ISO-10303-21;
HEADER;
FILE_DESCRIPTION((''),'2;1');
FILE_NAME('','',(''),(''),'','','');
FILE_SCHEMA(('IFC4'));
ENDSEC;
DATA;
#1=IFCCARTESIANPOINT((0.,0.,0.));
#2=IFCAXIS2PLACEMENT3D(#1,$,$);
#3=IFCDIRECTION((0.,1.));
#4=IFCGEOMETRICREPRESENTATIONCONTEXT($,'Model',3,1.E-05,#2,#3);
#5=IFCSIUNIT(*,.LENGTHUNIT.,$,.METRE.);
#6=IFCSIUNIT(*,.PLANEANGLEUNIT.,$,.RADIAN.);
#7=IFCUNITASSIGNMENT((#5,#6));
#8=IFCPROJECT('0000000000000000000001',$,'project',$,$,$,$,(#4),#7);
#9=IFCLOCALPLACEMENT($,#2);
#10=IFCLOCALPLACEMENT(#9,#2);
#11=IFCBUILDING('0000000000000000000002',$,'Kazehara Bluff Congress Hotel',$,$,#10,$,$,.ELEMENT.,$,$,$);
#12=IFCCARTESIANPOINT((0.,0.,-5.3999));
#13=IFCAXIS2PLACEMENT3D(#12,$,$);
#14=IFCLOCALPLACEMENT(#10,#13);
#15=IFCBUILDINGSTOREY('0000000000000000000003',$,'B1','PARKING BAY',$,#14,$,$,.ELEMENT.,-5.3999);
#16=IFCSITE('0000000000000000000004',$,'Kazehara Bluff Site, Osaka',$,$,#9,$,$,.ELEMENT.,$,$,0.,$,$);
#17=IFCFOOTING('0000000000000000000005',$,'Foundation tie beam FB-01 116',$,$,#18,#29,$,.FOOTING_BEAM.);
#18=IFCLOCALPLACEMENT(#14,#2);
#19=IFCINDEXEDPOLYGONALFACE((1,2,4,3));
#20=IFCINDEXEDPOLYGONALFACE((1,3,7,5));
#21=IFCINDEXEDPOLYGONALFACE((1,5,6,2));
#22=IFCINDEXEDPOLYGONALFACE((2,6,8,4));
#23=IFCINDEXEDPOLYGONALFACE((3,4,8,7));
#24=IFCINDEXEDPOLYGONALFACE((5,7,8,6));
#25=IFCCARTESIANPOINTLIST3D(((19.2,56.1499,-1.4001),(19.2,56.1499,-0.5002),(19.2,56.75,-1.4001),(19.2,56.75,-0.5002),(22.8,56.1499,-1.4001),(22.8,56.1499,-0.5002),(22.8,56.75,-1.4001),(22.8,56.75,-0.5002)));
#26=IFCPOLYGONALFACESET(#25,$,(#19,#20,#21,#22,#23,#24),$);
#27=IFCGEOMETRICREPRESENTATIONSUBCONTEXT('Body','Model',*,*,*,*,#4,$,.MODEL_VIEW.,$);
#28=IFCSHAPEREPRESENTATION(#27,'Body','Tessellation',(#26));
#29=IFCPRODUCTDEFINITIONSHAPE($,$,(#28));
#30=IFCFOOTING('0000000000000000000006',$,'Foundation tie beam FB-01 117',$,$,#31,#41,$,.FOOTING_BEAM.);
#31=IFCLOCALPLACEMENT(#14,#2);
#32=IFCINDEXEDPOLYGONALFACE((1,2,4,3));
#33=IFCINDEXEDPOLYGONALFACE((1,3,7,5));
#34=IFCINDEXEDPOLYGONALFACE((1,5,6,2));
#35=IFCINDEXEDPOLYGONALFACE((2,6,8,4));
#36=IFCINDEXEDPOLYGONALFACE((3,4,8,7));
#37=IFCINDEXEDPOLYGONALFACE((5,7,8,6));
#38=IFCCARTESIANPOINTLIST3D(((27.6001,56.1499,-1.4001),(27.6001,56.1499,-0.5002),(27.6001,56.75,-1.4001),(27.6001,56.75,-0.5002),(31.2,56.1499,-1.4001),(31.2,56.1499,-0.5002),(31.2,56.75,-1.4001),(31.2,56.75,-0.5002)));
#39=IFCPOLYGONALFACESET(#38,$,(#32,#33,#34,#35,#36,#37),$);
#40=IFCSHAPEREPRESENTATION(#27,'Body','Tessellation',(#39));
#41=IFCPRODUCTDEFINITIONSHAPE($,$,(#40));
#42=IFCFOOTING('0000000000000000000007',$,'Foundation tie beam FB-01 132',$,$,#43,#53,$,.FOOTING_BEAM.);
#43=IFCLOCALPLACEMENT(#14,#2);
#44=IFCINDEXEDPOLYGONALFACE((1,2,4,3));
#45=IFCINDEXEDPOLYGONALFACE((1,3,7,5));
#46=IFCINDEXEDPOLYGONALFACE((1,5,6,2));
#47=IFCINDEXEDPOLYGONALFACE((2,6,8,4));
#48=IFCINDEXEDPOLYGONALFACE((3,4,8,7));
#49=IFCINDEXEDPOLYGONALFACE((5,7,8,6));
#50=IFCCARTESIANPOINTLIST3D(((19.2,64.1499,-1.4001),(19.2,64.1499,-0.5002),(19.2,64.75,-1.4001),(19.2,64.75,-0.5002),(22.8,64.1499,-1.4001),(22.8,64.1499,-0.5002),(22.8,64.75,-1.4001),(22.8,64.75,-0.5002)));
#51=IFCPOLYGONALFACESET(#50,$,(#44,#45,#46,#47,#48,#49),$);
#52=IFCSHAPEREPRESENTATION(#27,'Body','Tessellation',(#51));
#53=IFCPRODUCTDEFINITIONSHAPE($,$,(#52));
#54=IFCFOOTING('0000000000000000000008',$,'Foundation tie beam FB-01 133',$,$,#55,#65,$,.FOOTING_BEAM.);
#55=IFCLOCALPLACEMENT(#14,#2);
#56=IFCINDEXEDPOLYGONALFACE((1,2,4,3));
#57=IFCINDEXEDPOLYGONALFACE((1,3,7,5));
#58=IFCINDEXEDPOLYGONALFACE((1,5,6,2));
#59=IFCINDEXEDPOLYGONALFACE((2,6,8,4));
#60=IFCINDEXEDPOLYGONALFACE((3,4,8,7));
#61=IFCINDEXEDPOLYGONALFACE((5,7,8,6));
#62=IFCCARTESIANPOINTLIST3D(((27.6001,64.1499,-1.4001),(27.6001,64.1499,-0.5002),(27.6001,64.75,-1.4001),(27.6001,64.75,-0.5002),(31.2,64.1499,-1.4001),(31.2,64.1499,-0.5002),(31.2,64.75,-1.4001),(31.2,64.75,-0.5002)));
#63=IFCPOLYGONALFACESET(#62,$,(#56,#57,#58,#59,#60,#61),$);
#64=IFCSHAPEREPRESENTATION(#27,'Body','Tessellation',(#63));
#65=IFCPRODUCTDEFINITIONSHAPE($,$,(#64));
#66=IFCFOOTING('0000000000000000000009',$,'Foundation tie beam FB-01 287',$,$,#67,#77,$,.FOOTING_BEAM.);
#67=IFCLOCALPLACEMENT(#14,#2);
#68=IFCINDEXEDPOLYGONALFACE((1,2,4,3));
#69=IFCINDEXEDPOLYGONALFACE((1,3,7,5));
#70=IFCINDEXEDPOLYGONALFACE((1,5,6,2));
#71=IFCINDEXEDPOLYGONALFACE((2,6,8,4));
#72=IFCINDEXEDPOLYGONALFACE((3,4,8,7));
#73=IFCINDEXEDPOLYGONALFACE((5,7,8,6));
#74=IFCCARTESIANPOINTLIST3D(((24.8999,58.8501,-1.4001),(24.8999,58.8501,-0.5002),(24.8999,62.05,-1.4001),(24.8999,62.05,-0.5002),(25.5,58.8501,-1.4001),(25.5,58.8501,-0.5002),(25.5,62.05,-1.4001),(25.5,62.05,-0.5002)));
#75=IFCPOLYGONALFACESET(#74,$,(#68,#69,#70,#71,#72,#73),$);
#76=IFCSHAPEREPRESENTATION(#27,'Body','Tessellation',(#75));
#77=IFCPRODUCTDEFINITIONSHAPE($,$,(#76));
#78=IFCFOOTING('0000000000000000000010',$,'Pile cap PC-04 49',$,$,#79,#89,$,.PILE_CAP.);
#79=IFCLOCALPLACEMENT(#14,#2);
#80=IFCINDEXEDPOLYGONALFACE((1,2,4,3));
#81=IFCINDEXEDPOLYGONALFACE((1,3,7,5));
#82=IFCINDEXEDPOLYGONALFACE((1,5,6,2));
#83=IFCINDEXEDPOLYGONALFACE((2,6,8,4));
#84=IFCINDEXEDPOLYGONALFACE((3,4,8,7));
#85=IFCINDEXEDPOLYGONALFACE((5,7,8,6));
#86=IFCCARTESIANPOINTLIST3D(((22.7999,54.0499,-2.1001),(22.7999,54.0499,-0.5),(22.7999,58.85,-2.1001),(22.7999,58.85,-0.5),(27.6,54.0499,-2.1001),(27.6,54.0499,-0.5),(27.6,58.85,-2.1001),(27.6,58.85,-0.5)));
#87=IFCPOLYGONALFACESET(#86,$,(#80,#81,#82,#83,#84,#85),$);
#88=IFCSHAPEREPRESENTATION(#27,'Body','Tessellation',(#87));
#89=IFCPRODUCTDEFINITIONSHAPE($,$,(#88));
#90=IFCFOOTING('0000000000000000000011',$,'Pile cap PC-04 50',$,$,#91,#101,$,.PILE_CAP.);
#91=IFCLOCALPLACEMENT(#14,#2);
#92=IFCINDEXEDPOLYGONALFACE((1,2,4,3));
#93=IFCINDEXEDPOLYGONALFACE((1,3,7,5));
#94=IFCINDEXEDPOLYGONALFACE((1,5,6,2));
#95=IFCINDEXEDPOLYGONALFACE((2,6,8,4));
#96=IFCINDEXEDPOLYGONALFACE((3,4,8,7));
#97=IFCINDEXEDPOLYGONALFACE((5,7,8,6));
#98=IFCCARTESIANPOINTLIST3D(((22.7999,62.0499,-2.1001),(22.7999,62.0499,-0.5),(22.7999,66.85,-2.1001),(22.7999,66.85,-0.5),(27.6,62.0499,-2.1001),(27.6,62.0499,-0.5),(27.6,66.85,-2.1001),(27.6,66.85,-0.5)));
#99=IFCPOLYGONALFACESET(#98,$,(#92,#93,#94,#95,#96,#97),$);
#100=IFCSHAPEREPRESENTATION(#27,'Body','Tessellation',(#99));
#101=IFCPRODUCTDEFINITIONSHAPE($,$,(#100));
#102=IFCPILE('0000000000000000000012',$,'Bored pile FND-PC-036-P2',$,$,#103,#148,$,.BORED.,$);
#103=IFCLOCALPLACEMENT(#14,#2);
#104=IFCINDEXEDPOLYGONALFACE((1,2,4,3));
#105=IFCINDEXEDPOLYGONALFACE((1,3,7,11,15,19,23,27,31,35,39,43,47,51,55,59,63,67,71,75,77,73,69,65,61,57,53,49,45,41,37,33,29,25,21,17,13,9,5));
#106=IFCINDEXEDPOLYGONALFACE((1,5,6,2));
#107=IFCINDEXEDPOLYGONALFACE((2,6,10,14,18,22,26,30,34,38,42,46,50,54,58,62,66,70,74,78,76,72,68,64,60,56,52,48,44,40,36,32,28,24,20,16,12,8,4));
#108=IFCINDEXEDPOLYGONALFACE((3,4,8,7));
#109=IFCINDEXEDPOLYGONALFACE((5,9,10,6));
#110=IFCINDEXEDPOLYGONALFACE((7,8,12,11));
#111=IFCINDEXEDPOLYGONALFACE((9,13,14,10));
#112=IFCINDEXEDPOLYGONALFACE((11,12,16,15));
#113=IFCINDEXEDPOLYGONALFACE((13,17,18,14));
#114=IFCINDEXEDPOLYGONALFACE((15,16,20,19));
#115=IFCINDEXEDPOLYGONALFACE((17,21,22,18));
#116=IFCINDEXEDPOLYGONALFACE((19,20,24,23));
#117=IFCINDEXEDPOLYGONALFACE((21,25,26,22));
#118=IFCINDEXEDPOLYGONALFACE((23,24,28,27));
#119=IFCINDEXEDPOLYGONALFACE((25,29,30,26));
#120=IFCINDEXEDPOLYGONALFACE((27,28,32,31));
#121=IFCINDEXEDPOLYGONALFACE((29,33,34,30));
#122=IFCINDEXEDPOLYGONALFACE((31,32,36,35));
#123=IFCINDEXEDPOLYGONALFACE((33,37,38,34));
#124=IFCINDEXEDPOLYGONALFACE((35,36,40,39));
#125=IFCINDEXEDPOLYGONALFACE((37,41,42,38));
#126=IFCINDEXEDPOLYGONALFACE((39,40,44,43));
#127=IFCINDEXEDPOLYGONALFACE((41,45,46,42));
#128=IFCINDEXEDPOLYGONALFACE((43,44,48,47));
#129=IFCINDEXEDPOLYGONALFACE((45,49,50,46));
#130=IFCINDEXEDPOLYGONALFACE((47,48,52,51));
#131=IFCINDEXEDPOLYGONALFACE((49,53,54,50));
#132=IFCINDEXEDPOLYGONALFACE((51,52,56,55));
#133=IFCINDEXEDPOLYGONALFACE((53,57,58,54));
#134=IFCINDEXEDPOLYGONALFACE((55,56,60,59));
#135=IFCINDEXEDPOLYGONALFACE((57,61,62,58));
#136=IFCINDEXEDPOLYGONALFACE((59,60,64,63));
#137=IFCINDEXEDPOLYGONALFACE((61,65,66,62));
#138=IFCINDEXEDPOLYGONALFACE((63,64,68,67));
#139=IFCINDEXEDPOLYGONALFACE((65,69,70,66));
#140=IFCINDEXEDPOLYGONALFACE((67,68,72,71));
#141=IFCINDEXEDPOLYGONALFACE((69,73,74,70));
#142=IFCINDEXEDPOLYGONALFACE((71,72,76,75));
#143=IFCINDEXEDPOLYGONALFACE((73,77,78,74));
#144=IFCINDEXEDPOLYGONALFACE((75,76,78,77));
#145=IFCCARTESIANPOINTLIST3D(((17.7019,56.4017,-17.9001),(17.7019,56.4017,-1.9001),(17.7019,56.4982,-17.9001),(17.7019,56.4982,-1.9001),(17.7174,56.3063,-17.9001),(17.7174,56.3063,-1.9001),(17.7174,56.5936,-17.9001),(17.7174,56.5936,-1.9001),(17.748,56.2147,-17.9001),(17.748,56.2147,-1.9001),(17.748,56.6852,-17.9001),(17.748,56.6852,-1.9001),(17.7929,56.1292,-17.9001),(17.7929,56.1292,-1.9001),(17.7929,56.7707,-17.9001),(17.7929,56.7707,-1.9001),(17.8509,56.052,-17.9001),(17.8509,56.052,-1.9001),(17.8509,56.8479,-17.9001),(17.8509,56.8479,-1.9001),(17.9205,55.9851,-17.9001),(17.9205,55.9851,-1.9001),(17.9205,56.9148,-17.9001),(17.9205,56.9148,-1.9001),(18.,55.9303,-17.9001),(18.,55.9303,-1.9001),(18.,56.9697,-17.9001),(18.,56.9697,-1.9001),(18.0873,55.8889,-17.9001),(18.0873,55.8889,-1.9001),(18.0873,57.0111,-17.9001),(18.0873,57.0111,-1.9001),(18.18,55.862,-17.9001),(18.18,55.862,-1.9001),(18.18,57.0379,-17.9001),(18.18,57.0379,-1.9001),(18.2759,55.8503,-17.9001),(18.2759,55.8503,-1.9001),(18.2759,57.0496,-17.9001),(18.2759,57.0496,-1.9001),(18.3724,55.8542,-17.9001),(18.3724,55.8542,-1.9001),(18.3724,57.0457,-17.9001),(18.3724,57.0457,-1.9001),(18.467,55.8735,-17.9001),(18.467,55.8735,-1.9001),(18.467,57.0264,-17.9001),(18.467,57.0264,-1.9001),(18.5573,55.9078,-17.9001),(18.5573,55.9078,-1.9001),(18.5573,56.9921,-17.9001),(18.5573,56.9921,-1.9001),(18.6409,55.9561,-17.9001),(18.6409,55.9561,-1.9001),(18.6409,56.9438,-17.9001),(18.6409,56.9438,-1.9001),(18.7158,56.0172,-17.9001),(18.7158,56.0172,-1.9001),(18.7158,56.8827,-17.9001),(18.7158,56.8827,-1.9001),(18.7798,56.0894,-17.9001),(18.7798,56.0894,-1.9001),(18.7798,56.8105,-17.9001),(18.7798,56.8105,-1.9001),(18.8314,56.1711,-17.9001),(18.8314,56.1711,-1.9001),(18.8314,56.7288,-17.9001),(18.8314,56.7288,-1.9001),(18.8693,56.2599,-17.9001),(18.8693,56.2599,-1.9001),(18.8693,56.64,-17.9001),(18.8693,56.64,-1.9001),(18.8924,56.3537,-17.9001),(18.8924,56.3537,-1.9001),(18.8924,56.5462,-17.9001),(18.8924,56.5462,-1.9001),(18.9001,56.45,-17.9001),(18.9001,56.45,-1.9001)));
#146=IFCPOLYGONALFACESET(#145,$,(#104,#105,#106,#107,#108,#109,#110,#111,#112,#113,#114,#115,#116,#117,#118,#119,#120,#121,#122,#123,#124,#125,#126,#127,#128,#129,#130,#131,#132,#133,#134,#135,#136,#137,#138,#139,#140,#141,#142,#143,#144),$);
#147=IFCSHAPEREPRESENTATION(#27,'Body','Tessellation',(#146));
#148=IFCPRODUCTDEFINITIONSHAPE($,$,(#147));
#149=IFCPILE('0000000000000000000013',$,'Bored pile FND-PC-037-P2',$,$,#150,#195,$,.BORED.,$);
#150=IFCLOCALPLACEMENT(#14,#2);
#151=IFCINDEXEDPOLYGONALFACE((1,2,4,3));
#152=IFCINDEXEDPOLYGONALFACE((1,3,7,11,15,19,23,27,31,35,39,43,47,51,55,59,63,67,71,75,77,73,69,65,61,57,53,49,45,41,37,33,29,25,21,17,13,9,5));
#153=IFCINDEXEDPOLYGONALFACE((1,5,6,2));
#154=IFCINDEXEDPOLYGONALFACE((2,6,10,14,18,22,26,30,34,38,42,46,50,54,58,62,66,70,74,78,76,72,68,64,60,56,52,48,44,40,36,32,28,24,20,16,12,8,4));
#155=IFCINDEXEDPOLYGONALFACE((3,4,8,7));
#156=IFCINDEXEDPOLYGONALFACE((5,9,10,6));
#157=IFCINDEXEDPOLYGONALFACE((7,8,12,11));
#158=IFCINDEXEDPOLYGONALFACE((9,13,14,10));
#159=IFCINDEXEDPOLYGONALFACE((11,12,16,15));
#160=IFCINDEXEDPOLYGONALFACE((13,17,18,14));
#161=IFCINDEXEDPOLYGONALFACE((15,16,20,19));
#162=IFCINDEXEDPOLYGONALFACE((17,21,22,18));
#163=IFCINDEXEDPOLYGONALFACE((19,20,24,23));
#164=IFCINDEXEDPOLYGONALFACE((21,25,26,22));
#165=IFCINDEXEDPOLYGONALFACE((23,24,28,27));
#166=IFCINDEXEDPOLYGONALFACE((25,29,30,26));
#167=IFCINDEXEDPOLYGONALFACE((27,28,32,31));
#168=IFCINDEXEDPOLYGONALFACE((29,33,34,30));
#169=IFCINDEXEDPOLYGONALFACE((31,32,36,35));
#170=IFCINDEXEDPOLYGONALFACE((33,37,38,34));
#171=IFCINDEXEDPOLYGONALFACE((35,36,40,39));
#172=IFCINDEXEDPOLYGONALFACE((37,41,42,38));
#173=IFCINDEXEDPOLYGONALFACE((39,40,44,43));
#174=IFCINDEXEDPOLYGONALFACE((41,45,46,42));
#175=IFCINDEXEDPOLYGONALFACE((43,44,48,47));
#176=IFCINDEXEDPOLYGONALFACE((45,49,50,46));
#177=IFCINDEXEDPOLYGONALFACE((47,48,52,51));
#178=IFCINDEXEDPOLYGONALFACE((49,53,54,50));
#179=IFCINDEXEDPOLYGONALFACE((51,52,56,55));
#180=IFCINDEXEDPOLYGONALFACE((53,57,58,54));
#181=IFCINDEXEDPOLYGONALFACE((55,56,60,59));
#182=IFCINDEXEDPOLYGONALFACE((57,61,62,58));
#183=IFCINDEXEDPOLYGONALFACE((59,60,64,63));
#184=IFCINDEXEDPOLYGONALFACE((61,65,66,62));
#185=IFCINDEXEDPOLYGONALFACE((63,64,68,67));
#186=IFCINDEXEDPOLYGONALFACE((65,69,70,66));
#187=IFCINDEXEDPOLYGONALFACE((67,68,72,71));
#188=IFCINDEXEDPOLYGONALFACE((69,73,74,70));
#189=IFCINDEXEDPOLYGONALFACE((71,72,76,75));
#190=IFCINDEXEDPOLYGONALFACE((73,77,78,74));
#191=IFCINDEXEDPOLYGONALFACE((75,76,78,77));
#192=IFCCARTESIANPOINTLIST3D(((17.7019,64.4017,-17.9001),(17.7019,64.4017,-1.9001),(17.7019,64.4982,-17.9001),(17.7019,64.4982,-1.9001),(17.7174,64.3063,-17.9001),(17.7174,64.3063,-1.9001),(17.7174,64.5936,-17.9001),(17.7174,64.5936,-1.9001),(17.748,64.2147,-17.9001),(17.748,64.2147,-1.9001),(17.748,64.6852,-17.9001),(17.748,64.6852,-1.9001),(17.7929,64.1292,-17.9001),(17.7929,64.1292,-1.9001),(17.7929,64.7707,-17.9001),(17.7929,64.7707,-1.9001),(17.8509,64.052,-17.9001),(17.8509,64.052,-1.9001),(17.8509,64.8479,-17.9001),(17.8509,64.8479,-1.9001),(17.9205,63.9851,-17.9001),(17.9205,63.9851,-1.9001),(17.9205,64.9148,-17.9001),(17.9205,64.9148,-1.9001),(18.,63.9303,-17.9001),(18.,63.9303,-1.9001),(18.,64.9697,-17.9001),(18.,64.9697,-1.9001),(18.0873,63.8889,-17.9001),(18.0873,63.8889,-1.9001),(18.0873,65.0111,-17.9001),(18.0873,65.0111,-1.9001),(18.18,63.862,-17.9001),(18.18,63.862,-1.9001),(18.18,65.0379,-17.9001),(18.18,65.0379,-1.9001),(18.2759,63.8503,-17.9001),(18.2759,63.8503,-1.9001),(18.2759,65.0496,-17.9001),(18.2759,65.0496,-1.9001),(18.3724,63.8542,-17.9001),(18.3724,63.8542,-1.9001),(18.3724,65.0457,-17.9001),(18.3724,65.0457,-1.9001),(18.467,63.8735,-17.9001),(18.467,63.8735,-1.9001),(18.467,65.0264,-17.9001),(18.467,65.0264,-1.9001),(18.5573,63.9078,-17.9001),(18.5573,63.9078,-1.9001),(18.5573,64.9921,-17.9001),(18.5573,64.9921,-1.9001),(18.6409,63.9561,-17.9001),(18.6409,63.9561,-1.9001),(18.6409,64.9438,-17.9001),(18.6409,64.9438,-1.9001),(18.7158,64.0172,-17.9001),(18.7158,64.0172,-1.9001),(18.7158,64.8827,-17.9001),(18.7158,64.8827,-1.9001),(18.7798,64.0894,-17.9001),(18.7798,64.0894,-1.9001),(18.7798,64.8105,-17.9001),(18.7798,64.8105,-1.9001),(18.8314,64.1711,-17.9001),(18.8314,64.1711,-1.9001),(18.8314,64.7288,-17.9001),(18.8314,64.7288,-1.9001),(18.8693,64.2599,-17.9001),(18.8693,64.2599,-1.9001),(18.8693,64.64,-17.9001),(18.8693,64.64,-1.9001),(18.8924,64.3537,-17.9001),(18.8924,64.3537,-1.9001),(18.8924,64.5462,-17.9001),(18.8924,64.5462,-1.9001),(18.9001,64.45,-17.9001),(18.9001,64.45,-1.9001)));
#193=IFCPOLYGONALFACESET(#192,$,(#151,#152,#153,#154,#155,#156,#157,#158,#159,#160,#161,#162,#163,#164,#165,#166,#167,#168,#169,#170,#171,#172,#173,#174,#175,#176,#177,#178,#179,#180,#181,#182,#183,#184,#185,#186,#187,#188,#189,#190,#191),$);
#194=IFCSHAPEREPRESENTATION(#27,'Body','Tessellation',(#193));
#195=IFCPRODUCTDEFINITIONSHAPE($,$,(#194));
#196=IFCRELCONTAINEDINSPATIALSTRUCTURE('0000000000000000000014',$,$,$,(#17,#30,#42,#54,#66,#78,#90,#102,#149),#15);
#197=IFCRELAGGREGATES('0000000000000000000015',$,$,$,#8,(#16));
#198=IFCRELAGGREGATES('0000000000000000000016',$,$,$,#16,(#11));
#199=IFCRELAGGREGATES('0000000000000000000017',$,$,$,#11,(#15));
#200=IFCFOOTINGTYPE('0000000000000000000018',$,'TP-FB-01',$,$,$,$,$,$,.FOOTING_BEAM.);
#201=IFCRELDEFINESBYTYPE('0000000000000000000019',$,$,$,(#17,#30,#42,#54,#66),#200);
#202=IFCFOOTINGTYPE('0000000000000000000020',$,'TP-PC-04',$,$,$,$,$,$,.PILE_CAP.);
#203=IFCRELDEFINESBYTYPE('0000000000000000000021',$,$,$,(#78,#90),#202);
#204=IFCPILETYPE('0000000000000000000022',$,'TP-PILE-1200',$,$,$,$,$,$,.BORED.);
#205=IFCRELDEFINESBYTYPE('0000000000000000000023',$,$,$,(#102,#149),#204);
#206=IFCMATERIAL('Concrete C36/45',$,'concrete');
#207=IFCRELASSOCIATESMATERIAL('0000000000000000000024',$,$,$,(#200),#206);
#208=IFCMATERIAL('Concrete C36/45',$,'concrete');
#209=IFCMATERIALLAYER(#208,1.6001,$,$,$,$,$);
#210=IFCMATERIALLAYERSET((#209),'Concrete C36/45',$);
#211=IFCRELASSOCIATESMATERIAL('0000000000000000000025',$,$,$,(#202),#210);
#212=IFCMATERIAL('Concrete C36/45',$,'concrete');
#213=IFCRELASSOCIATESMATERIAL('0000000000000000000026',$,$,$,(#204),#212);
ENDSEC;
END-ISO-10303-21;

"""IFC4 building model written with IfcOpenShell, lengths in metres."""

from ifc_helpers import new_model, si_unit, direction, frame, origin, origin_2d, place, context, subcontext, project, spatial, rectangle, circle, extrude, material, layer, layer_set, material_profile, profile_set, type_object, element, save


model = new_model("IFC4")

# Units and contexts
model_context = context("Model", 3, precision=1e-05, world=origin(), true_north=direction((0.0, 1.0)))
body_context = subcontext(model_context, "Body", "Model", "MODEL_VIEW")
ifc_project = project(units=[si_unit("LENGTHUNIT", "METRE"), si_unit("PLANEANGLEUNIT", "RADIAN")], contexts=[model_context])

# Site, building, storey
site_placement = place(None, origin())
site = spatial("IfcSite", under=ifc_project, at=site_placement, Name="Kazehara Bluff Site, Osaka", CompositionType="ELEMENT", RefElevation=0.0)
building_placement = place(site_placement, origin())
building = spatial("IfcBuilding", under=site, at=building_placement, Name="Kazehara Bluff Congress Hotel", CompositionType="ELEMENT")
storey_placement = place(building_placement, frame((0.0, 0.0, -5.3999)))
storey = spatial("IfcBuildingStorey", under=building, at=storey_placement, Name="B1", Description="PARKING BAY", CompositionType="ELEMENT", Elevation=-5.3999)

# Footings
ifc_material_1 = material(Name="Concrete C36/45", Category="concrete")
ifc_material_profile_1 = material_profile(ifc_material_1, rectangle(XDim=0.6001, YDim=0.8999, at=origin_2d()))
ifc_profile_set_1 = profile_set([ifc_material_profile_1], Name="Concrete C36/45")
footing_type_1 = type_object("IfcFootingType", Name="TP-FB-01", PredefinedType="FOOTING_BEAM", material=ifc_profile_set_1)
footing_1_placement = place(storey_placement, frame((19.2, 56.45, -0.9502), z_axis=(1.0, 0.0, 0.0), x_axis=(0.0, 1.0, 0.0)))
element("IfcFooting", 1, at=footing_1_placement, inside=storey, type_object=footing_type_1, Name="Foundation tie beam FB-01 116", PredefinedType="FOOTING_BEAM", context=body_context, shape_type="SweptSolid", body=[
    extrude(rectangle(XDim=0.6001, YDim=0.8999, at=origin_2d()), origin(), (0.0, 0.0, 1.0), 3.6001),
])
footing_2_placement = place(storey_placement, frame((27.6001, 56.45, -0.9502), z_axis=(1.0, 0.0, 0.0), x_axis=(0.0, 1.0, 0.0)))
element("IfcFooting", 2, at=footing_2_placement, inside=storey, type_object=footing_type_1, Name="Foundation tie beam FB-01 117", PredefinedType="FOOTING_BEAM", context=body_context, shape_type="SweptSolid", body=[
    extrude(rectangle(XDim=0.6001, YDim=0.8999, at=origin_2d()), origin(), (0.0, 0.0, 1.0), 3.5999),
])
footing_3_placement = place(storey_placement, frame((19.2, 64.45, -0.9502), z_axis=(1.0, 0.0, 0.0), x_axis=(0.0, 1.0, 0.0)))
element("IfcFooting", 3, at=footing_3_placement, inside=storey, type_object=footing_type_1, Name="Foundation tie beam FB-01 132", PredefinedType="FOOTING_BEAM", context=body_context, shape_type="SweptSolid", body=[
    extrude(rectangle(XDim=0.6001, YDim=0.8999, at=origin_2d()), origin(), (0.0, 0.0, 1.0), 3.6001),
])
footing_4_placement = place(storey_placement, frame((27.6001, 64.45, -0.9502), z_axis=(1.0, 0.0, 0.0), x_axis=(0.0, 1.0, 0.0)))
element("IfcFooting", 4, at=footing_4_placement, inside=storey, type_object=footing_type_1, Name="Foundation tie beam FB-01 133", PredefinedType="FOOTING_BEAM", context=body_context, shape_type="SweptSolid", body=[
    extrude(rectangle(XDim=0.6001, YDim=0.8999, at=origin_2d()), origin(), (0.0, 0.0, 1.0), 3.5999),
])
footing_5_placement = place(storey_placement, frame((25.2, 58.8501, -0.9502), z_axis=(0.0, 1.0, 0.0), x_axis=(-1.0, 0.0, 0.0)))
element("IfcFooting", 5, at=footing_5_placement, inside=storey, type_object=footing_type_1, Name="Foundation tie beam FB-01 287", PredefinedType="FOOTING_BEAM", context=body_context, shape_type="SweptSolid", body=[
    extrude(rectangle(XDim=0.6001, YDim=0.8999, at=origin_2d()), origin(), (0.0, 0.0, 1.0), 3.2),
])
ifc_material_2 = material(Name="Concrete C36/45", Category="concrete")
ifc_layer = layer(ifc_material_2, 1.6001)
ifc_layer_set = layer_set([ifc_layer], Name="Concrete C36/45")
footing_type_2 = type_object("IfcFootingType", Name="TP-PC-04", PredefinedType="PILE_CAP", material=ifc_layer_set)
for number, where, z_axis, x_axis, name in (
    (6, (25.2, 56.45, -2.1001), (0.0, 0.0, 1.0), (1.0, 0.0, 0.0), "Pile cap PC-04 49"),
    (7, (25.2, 64.45, -2.1001), (0.0, 0.0, 1.0), (1.0, 0.0, 0.0), "Pile cap PC-04 50"),
):
    element("IfcFooting", number, at=place(storey_placement, frame(where, z_axis=z_axis, x_axis=x_axis)), inside=storey, type_object=footing_type_2, Name=name, PredefinedType="PILE_CAP", context=body_context, shape_type="SweptSolid", body=[
        extrude(rectangle(XDim=4.8, YDim=4.8, at=origin_2d()), origin(), (0.0, 0.0, 1.0), 1.6001),
    ])

# Piles
ifc_material_3 = material(Name="Concrete C36/45", Category="concrete")
ifc_material_profile_2 = material_profile(ifc_material_3, circle(Radius=0.6001, at=origin_2d()))
ifc_profile_set_2 = profile_set([ifc_material_profile_2], Name="Concrete C36/45")
pile_type = type_object("IfcPileType", Name="TP-PILE-1200", PredefinedType="BORED", material=ifc_profile_set_2)
for number, where, z_axis, x_axis, name in (
    (8, (18.3, 56.45, -1.9001), (0.0, 0.0, -1.0), (1.0, 0.0, 0.0), "Bored pile FND-PC-036-P2"),
    (9, (18.3, 64.45, -1.9001), (0.0, 0.0, -1.0), (1.0, 0.0, 0.0), "Bored pile FND-PC-037-P2"),
):
    element("IfcPile", number, at=place(storey_placement, frame(where, z_axis=z_axis, x_axis=x_axis)), inside=storey, type_object=pile_type, Name=name, PredefinedType="BORED", context=body_context, shape_type="SweptSolid", body=[
        extrude(circle(Radius=0.6001, at=origin_2d()), origin(), (0.0, 0.0, 1.0), 16.0),
    ])

save(model, "model.ifc")
